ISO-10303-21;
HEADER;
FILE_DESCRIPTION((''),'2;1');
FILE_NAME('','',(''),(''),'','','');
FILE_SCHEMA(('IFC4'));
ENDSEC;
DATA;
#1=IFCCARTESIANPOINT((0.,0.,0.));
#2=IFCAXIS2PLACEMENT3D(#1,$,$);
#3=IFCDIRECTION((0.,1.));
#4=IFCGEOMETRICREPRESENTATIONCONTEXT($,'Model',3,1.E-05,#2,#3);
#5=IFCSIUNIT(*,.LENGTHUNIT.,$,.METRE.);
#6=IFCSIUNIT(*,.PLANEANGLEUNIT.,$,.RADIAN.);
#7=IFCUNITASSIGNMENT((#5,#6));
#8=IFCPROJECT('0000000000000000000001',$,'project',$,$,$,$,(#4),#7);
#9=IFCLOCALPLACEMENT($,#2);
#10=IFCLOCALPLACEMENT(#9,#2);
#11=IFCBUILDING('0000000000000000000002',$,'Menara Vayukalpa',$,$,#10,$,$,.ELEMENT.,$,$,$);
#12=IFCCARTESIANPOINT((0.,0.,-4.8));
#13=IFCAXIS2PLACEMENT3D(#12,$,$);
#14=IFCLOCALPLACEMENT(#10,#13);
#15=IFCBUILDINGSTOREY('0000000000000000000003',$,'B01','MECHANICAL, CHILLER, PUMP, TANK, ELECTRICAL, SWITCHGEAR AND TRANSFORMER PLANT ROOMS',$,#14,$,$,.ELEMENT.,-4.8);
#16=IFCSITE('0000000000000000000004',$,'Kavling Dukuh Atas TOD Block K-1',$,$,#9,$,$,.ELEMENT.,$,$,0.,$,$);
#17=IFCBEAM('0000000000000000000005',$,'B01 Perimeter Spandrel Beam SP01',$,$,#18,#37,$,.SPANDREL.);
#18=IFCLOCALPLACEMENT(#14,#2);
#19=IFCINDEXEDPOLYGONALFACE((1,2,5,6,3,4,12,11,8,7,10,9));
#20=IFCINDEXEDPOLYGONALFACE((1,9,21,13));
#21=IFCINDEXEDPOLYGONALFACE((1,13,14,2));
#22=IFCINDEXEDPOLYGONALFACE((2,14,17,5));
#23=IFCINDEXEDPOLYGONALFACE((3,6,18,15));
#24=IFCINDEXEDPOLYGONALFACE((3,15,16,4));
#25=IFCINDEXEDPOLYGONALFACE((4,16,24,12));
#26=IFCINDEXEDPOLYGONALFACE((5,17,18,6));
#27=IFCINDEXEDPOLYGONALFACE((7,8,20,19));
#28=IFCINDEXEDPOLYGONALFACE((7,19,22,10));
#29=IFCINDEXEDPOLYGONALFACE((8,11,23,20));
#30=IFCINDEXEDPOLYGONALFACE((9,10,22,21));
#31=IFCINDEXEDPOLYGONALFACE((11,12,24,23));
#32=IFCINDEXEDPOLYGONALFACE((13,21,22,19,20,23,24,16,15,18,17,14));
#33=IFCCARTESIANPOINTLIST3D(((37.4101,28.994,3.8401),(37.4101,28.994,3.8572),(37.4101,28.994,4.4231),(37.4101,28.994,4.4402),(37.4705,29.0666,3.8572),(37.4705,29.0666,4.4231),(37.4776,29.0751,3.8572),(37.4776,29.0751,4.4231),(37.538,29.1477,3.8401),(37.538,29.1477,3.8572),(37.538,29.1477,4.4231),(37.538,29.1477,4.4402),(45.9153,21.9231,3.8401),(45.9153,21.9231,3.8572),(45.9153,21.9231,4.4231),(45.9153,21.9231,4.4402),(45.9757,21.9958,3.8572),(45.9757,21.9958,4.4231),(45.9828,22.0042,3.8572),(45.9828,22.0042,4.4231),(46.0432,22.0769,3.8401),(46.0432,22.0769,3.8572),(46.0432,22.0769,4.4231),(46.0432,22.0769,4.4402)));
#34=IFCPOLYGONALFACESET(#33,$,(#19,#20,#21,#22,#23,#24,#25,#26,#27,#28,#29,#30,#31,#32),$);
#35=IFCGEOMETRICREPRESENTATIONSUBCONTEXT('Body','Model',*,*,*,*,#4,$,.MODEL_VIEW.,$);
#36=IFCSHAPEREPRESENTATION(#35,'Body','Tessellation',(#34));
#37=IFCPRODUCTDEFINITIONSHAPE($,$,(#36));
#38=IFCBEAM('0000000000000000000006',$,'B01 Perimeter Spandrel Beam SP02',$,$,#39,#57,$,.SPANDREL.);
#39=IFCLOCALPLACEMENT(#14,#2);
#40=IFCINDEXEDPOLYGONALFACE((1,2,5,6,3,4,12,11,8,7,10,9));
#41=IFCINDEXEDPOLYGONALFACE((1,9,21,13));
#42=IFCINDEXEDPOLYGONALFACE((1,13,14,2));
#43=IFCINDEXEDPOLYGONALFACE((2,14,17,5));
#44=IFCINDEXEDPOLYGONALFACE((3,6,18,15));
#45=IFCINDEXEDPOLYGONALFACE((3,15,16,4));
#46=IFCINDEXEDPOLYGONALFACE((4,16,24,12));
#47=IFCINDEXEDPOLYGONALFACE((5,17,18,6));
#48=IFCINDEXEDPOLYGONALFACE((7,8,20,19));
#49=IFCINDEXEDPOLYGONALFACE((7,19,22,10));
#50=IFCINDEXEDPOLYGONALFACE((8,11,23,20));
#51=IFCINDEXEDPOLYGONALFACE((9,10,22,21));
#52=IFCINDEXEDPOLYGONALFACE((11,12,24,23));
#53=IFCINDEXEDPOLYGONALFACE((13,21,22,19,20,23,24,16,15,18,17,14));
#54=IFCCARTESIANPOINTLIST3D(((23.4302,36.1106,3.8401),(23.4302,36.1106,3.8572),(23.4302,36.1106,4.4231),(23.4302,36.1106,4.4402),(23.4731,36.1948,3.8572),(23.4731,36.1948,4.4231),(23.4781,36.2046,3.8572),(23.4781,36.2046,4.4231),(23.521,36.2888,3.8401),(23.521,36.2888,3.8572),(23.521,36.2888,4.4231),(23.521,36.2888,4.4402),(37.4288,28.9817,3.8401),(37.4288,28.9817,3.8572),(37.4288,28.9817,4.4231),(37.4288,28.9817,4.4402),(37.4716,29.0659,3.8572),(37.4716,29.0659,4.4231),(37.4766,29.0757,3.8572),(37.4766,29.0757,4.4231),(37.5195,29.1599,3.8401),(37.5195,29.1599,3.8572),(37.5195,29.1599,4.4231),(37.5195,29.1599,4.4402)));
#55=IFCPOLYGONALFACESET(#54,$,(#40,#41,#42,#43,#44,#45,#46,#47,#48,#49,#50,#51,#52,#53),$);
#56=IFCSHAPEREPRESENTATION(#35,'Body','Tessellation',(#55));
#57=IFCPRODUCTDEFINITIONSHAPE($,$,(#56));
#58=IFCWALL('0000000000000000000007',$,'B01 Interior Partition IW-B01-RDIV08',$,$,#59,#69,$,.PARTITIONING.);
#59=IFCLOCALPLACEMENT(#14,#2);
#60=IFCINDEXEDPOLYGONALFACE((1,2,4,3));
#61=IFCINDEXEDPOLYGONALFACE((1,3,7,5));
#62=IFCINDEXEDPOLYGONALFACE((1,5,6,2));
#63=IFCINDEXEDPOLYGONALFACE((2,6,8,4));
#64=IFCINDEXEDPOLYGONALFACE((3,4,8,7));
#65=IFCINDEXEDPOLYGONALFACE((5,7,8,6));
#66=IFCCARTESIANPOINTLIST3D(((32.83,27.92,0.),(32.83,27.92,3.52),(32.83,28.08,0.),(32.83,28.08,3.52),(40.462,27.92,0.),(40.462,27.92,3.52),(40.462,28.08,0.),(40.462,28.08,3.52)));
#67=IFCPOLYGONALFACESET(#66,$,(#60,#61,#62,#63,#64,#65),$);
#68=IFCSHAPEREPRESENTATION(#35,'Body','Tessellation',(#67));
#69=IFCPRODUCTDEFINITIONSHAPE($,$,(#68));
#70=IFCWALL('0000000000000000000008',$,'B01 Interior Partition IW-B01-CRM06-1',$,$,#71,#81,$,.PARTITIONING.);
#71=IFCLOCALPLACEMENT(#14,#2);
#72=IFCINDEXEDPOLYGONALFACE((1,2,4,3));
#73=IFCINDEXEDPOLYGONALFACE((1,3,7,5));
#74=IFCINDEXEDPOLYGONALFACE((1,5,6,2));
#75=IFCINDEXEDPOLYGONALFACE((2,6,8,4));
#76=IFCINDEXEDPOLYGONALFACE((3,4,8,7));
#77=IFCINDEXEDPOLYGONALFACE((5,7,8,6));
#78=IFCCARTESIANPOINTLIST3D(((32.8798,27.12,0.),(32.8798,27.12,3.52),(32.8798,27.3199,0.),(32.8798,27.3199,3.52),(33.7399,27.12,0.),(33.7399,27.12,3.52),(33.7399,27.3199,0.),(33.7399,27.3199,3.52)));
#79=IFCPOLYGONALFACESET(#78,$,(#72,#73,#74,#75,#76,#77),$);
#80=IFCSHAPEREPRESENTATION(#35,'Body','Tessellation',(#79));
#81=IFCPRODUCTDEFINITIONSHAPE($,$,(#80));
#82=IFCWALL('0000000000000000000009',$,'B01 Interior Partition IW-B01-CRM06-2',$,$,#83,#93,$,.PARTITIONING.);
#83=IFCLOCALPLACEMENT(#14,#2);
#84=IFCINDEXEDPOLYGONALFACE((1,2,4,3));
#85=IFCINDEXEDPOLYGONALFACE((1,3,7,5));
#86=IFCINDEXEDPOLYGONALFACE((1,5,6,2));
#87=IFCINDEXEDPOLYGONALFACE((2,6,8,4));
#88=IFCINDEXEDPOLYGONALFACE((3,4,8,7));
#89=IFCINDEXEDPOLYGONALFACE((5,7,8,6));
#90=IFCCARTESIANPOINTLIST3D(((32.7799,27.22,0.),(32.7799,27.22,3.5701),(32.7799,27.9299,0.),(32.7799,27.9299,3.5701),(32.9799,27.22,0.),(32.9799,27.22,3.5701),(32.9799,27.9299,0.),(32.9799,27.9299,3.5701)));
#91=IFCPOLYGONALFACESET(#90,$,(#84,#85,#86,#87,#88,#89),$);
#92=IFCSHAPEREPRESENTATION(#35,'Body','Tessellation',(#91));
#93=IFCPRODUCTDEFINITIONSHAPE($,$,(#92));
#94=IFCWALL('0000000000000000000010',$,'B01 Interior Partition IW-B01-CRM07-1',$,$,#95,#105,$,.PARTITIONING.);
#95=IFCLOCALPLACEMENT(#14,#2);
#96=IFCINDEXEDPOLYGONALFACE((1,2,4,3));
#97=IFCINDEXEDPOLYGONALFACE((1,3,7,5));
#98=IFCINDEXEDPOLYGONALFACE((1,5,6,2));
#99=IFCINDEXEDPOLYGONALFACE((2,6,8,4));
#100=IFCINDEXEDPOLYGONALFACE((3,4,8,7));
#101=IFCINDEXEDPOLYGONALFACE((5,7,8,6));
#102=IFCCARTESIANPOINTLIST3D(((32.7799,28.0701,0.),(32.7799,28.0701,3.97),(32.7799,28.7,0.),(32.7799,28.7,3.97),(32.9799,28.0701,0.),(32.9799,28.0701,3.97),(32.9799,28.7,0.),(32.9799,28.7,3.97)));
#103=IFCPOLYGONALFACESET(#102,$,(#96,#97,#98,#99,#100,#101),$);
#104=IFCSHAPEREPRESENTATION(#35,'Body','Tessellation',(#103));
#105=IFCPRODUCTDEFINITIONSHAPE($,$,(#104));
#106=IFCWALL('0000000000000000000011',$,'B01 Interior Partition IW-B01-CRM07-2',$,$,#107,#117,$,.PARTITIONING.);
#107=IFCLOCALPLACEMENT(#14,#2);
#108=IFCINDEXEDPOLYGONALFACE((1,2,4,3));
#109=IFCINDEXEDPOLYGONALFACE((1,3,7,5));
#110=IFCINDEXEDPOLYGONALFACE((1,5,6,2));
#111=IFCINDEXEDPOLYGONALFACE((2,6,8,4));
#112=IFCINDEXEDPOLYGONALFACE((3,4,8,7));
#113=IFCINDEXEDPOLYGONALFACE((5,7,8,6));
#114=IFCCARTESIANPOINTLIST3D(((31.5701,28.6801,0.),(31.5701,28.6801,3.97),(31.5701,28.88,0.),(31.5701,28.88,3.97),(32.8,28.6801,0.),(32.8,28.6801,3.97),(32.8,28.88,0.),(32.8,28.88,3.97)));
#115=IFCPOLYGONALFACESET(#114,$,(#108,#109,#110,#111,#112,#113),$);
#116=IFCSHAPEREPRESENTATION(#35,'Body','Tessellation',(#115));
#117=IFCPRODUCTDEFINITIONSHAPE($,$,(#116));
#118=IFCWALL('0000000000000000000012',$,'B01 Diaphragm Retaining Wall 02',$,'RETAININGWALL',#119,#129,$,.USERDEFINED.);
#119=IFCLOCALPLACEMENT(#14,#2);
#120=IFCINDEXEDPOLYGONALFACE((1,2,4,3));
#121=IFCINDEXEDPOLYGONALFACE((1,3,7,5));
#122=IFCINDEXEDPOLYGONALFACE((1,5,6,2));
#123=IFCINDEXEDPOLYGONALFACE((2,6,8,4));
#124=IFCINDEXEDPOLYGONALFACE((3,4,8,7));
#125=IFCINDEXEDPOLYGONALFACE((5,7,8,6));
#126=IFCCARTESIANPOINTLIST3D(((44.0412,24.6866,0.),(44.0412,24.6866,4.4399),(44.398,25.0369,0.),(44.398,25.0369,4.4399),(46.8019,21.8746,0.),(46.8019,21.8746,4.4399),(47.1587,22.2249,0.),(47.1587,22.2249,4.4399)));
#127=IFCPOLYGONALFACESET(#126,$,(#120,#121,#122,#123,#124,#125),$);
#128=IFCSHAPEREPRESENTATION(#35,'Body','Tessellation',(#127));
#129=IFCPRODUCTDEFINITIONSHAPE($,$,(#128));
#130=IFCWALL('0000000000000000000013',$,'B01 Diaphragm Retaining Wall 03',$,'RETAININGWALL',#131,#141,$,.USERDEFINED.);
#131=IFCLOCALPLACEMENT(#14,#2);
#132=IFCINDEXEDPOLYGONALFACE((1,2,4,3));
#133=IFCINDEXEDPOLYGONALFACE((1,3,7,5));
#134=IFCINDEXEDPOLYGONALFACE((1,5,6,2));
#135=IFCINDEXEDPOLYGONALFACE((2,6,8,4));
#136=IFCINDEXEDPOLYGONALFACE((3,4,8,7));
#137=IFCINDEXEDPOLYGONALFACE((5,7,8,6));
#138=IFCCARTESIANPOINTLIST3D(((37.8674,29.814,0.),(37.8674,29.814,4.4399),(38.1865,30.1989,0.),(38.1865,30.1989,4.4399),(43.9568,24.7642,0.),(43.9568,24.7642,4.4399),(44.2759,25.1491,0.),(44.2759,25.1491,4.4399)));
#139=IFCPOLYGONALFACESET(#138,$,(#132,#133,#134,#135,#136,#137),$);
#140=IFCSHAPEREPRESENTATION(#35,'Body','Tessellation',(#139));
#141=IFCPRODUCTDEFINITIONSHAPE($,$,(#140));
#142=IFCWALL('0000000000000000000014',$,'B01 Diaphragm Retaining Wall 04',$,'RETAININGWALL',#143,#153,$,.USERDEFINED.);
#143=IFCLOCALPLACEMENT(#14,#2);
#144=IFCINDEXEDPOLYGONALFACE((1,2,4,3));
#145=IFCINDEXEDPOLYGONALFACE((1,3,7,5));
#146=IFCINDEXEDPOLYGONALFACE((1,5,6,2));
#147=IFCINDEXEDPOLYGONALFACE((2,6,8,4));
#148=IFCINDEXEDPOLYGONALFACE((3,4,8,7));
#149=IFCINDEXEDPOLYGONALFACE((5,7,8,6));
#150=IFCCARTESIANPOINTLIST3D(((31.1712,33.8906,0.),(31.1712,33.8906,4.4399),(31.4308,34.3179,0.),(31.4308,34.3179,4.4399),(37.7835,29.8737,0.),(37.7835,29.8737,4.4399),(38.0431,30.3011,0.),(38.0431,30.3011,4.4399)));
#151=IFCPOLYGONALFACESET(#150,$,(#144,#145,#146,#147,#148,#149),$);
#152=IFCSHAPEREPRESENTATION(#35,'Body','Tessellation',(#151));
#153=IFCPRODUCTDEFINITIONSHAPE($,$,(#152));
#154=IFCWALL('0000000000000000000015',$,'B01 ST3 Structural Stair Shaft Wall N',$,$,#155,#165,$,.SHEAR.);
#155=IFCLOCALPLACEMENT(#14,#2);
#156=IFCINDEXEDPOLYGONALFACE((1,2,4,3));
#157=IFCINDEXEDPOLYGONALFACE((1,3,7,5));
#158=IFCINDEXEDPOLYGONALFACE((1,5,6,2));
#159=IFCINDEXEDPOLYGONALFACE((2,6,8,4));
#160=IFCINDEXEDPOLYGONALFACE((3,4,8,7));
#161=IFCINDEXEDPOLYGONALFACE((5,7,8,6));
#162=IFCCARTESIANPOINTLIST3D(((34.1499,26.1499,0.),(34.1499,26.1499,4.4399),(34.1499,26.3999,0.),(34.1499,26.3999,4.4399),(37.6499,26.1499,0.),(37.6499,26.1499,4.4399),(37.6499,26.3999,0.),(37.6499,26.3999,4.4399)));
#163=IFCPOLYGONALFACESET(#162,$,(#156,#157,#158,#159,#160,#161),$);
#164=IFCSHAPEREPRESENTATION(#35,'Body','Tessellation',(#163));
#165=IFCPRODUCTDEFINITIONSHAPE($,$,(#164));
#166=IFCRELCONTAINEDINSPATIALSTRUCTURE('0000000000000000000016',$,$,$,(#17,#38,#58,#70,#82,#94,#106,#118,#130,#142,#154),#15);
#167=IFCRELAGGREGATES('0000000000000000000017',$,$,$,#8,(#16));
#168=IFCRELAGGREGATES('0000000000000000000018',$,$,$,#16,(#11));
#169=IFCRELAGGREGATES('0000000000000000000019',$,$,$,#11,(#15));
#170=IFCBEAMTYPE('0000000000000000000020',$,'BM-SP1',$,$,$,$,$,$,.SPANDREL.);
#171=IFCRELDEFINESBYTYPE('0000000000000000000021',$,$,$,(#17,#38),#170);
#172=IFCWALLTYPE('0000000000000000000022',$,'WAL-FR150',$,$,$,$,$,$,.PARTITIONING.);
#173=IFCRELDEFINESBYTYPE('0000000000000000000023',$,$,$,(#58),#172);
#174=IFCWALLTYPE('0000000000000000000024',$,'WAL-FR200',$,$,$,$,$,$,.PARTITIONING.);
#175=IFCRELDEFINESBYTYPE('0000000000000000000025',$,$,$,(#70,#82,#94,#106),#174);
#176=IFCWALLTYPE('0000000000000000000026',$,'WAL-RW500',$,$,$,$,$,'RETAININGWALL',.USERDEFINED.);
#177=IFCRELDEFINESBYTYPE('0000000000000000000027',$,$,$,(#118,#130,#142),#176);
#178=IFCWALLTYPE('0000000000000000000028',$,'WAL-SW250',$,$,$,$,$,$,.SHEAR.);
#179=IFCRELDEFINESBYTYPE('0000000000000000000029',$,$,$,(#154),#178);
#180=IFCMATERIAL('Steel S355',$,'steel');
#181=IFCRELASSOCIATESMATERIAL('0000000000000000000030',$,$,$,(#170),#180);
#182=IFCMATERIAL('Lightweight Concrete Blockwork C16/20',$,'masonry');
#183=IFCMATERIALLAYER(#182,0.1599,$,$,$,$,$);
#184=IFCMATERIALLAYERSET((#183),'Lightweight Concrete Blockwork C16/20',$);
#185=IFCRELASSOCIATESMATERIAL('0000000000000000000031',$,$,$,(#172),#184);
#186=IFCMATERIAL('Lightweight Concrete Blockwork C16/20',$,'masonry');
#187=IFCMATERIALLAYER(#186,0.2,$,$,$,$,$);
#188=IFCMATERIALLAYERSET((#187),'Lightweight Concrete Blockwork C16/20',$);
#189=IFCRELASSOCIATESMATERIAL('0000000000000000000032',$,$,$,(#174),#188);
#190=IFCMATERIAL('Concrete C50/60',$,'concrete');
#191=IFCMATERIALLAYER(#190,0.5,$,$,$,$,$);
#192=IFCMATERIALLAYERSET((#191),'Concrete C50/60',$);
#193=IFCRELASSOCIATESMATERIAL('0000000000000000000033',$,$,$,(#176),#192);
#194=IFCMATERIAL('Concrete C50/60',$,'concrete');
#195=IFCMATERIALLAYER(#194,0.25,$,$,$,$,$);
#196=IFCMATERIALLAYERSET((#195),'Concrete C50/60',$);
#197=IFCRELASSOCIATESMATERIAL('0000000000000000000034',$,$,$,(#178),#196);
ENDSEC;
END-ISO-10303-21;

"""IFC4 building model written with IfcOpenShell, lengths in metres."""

from ifc_helpers import new_model, si_unit, direction, frame, frame_2d, origin, origin_2d, place, context, subcontext, project, spatial, rectangle, i_section, extrude, material, layer, layer_set, material_profile, profile_set, type_object, element, save


model = new_model("IFC4")

# Units and contexts
model_context = context("Model", 3, precision=1e-05, world=origin(), true_north=direction((0.0, 1.0)))
body_context = subcontext(model_context, "Body", "Model", "MODEL_VIEW")
ifc_project = project(units=[si_unit("LENGTHUNIT", "METRE"), si_unit("PLANEANGLEUNIT", "RADIAN")], contexts=[model_context])

# Site, building, storey
site_placement = place(None, origin())
site = spatial("IfcSite", under=ifc_project, at=site_placement, Name="Kavling Dukuh Atas TOD Block K-1", CompositionType="ELEMENT", RefElevation=0.0)
building_placement = place(site_placement, origin())
building = spatial("IfcBuilding", under=site, at=building_placement, Name="Menara Vayukalpa", CompositionType="ELEMENT")
storey_placement = place(building_placement, frame((0.0, 0.0, -4.8)))
storey = spatial("IfcBuildingStorey", under=building, at=storey_placement, Name="B01", Description="MECHANICAL, CHILLER, PUMP, TANK, ELECTRICAL, SWITCHGEAR AND TRANSFORMER PLANT ROOMS", CompositionType="ELEMENT", Elevation=-4.8)

# Beams
ifc_material_1 = material(Name="Steel S355", Category="steel")
ifc_material_profile_1 = material_profile(ifc_material_1, i_section(OverallWidth=0.2, OverallDepth=0.6001, WebThickness=0.011, FlangeThickness=0.0171, at=origin_2d()), Name="WF 600x200x11x17")
ifc_profile_set_1 = profile_set([ifc_material_profile_1], Name="Steel S355")
beam_type_1 = type_object("IfcBeamType", Name="BM-SP1", PredefinedType="SPANDREL", material=ifc_profile_set_1)
beam_1_placement = place(storey_placement, frame((45.9792, 22.0, 4.1401), z_axis=(-0.768968, 0.639287, 0.0), x_axis=(-0.639287, -0.768968, 0.0)))
element("IfcBeam", 1, at=beam_1_placement, inside=storey, type_object=beam_type_1, Name="B01 Perimeter Spandrel Beam SP01", PredefinedType="SPANDREL", context=body_context, shape_type="SweptSolid", body=[
    extrude(i_section(OverallWidth=0.2, OverallDepth=0.6001, WebThickness=0.011, FlangeThickness=0.0171, at=origin_2d()), origin(), (0.0, 0.0, 1.0), 11.0605),
])
beam_2_placement = place(storey_placement, frame((37.4741, 29.0708, 4.1401), z_axis=(-0.891102, 0.453803, 0.0), x_axis=(-0.453803, -0.891102, 0.0)))
element("IfcBeam", 2, at=beam_2_placement, inside=storey, type_object=beam_type_1, Name="B01 Perimeter Spandrel Beam SP02", PredefinedType="SPANDREL", context=body_context, shape_type="SweptSolid", body=[
    extrude(i_section(OverallWidth=0.2, OverallDepth=0.6001, WebThickness=0.011, FlangeThickness=0.0171, at=origin_2d()), origin(), (0.0, 0.0, 1.0), 15.7092),
])

# Walls
ifc_material_2 = material(Name="Lightweight Concrete Blockwork C16/20", Category="masonry")
ifc_layer_1 = layer(ifc_material_2, 0.1599)
ifc_layer_set_1 = layer_set([ifc_layer_1], Name="Lightweight Concrete Blockwork C16/20")
wall_type_1 = type_object("IfcWallType", Name="WAL-FR150", PredefinedType="PARTITIONING", material=ifc_layer_set_1)
wall_1_placement = place(storey_placement, frame((32.8301, 28.0, 0.0), z_axis=(0.0, 0.0, 1.0), x_axis=(1.0, 0.0, 0.0)))
element("IfcWall", 3, at=wall_1_placement, inside=storey, type_object=wall_type_1, Name="B01 Interior Partition IW-B01-RDIV08", PredefinedType="PARTITIONING", context=body_context, shape_type="SweptSolid", body=[
    extrude(rectangle(XDim=7.6321, YDim=0.1599, at=frame_2d((3.8159, 0.0))), origin(), (0.0, 0.0, 1.0), 3.52),
])
ifc_material_3 = material(Name="Lightweight Concrete Blockwork C16/20", Category="masonry")
ifc_layer_2 = layer(ifc_material_3, 0.2)
ifc_layer_set_2 = layer_set([ifc_layer_2], Name="Lightweight Concrete Blockwork C16/20")
wall_type_2 = type_object("IfcWallType", Name="WAL-FR200", PredefinedType="PARTITIONING", material=ifc_layer_set_2)
wall_2_placement = place(storey_placement, frame((33.74, 27.22, 0.0), z_axis=(0.0, 0.0, 1.0), x_axis=(-1.0, 0.0, 0.0)))
element("IfcWall", 4, at=wall_2_placement, inside=storey, type_object=wall_type_2, Name="B01 Interior Partition IW-B01-CRM06-1", PredefinedType="PARTITIONING", context=body_context, shape_type="SweptSolid", body=[
    extrude(rectangle(XDim=0.8601, YDim=0.2, at=frame_2d((0.4302, 0.0))), origin(), (0.0, 0.0, 1.0), 3.52),
])
wall_3_placement = place(storey_placement, frame((32.8799, 27.22, 0.0), z_axis=(0.0, 0.0, 1.0), x_axis=(0.0, 1.0, 0.0)))
element("IfcWall", 5, at=wall_3_placement, inside=storey, type_object=wall_type_2, Name="B01 Interior Partition IW-B01-CRM06-2", PredefinedType="PARTITIONING", context=body_context, shape_type="SweptSolid", body=[
    extrude(rectangle(XDim=0.71, YDim=0.2, at=frame_2d((0.355, 0.0))), origin(), (0.0, 0.0, 1.0), 3.5701),
])
wall_4_placement = place(storey_placement, frame((32.8799, 28.0701, 0.0), z_axis=(0.0, 0.0, 1.0), x_axis=(0.0, 1.0, 0.0)))
element("IfcWall", 6, at=wall_4_placement, inside=storey, type_object=wall_type_2, Name="B01 Interior Partition IW-B01-CRM07-1", PredefinedType="PARTITIONING", context=body_context, shape_type="SweptSolid", body=[
    extrude(rectangle(XDim=0.6299, YDim=0.2, at=frame_2d((0.3149, 0.0))), origin(), (0.0, 0.0, 1.0), 3.97),
])
wall_5_placement = place(storey_placement, frame((32.8, 28.78, 0.0), z_axis=(0.0, 0.0, 1.0), x_axis=(-1.0, 0.0, 0.0)))
element("IfcWall", 7, at=wall_5_placement, inside=storey, type_object=wall_type_2, Name="B01 Interior Partition IW-B01-CRM07-2", PredefinedType="PARTITIONING", context=body_context, shape_type="SweptSolid", body=[
    extrude(rectangle(XDim=1.23, YDim=0.2, at=frame_2d((0.615, 0.0))), origin(), (0.0, 0.0, 1.0), 3.97),
])
ifc_material_4 = material(Name="Concrete C50/60", Category="concrete")
ifc_layer_3 = layer(ifc_material_4, 0.5)
ifc_layer_set_3 = layer_set([ifc_layer_3], Name="Concrete C50/60")
wall_type_3 = type_object("IfcWallType", Name="WAL-RW500", ElementType="RETAININGWALL", PredefinedType="USERDEFINED", material=ifc_layer_set_3)
wall_6_placement = place(storey_placement, frame((46.9802, 22.0498, 0.0), z_axis=(0.0, 0.0, 1.0), x_axis=(-0.700572, 0.713582, 0.0)))
element("IfcWall", 8, at=wall_6_placement, inside=storey, type_object=wall_type_3, Name="B01 Diaphragm Retaining Wall 02", ObjectType="RETAININGWALL", PredefinedType="USERDEFINED", context=body_context, shape_type="SweptSolid", body=[
    extrude(rectangle(XDim=3.9407, YDim=0.5, at=frame_2d((1.9702, 0.0))), origin(), (0.0, 0.0, 1.0), 4.4399),
])
wall_7_placement = place(storey_placement, frame((44.1165, 24.9565, 0.0), z_axis=(0.0, 0.0, 1.0), x_axis=(-0.769752, 0.638343, 0.0)))
element("IfcWall", 9, at=wall_7_placement, inside=storey, type_object=wall_type_3, Name="B01 Diaphragm Retaining Wall 03", ObjectType="RETAININGWALL", PredefinedType="USERDEFINED", context=body_context, shape_type="SweptSolid", body=[
    extrude(rectangle(XDim=7.9109, YDim=0.5, at=frame_2d((3.9556, 0.0))), origin(), (0.0, 0.0, 1.0), 4.4399),
])
wall_8_placement = place(storey_placement, frame((37.9133, 30.0874, 0.0), z_axis=(0.0, 0.0, 1.0), x_axis=(-0.85466, 0.519189, 0.0)))
element("IfcWall", 10, at=wall_8_placement, inside=storey, type_object=wall_type_3, Name="B01 Diaphragm Retaining Wall 04", ObjectType="RETAININGWALL", PredefinedType="USERDEFINED", context=body_context, shape_type="SweptSolid", body=[
    extrude(rectangle(XDim=7.7368, YDim=0.5, at=frame_2d((3.8684, 0.0))), origin(), (0.0, 0.0, 1.0), 4.4399),
])
ifc_material_5 = material(Name="Concrete C50/60", Category="concrete")
ifc_layer_4 = layer(ifc_material_5, 0.25)
ifc_layer_set_4 = layer_set([ifc_layer_4], Name="Concrete C50/60")
wall_type_4 = type_object("IfcWallType", Name="WAL-SW250", PredefinedType="SHEAR", material=ifc_layer_set_4)
wall_9_placement = place(storey_placement, frame((34.1499, 26.2749, 0.0), z_axis=(0.0, 0.0, 1.0), x_axis=(1.0, 0.0, 0.0)))
element("IfcWall", 11, at=wall_9_placement, inside=storey, type_object=wall_type_4, Name="B01 ST3 Structural Stair Shaft Wall N", PredefinedType="SHEAR", context=body_context, shape_type="SweptSolid", body=[
    extrude(rectangle(XDim=3.5, YDim=0.25, at=frame_2d((1.75, 0.0))), origin(), (0.0, 0.0, 1.0), 4.4399),
])

save(model, "model.ifc")
